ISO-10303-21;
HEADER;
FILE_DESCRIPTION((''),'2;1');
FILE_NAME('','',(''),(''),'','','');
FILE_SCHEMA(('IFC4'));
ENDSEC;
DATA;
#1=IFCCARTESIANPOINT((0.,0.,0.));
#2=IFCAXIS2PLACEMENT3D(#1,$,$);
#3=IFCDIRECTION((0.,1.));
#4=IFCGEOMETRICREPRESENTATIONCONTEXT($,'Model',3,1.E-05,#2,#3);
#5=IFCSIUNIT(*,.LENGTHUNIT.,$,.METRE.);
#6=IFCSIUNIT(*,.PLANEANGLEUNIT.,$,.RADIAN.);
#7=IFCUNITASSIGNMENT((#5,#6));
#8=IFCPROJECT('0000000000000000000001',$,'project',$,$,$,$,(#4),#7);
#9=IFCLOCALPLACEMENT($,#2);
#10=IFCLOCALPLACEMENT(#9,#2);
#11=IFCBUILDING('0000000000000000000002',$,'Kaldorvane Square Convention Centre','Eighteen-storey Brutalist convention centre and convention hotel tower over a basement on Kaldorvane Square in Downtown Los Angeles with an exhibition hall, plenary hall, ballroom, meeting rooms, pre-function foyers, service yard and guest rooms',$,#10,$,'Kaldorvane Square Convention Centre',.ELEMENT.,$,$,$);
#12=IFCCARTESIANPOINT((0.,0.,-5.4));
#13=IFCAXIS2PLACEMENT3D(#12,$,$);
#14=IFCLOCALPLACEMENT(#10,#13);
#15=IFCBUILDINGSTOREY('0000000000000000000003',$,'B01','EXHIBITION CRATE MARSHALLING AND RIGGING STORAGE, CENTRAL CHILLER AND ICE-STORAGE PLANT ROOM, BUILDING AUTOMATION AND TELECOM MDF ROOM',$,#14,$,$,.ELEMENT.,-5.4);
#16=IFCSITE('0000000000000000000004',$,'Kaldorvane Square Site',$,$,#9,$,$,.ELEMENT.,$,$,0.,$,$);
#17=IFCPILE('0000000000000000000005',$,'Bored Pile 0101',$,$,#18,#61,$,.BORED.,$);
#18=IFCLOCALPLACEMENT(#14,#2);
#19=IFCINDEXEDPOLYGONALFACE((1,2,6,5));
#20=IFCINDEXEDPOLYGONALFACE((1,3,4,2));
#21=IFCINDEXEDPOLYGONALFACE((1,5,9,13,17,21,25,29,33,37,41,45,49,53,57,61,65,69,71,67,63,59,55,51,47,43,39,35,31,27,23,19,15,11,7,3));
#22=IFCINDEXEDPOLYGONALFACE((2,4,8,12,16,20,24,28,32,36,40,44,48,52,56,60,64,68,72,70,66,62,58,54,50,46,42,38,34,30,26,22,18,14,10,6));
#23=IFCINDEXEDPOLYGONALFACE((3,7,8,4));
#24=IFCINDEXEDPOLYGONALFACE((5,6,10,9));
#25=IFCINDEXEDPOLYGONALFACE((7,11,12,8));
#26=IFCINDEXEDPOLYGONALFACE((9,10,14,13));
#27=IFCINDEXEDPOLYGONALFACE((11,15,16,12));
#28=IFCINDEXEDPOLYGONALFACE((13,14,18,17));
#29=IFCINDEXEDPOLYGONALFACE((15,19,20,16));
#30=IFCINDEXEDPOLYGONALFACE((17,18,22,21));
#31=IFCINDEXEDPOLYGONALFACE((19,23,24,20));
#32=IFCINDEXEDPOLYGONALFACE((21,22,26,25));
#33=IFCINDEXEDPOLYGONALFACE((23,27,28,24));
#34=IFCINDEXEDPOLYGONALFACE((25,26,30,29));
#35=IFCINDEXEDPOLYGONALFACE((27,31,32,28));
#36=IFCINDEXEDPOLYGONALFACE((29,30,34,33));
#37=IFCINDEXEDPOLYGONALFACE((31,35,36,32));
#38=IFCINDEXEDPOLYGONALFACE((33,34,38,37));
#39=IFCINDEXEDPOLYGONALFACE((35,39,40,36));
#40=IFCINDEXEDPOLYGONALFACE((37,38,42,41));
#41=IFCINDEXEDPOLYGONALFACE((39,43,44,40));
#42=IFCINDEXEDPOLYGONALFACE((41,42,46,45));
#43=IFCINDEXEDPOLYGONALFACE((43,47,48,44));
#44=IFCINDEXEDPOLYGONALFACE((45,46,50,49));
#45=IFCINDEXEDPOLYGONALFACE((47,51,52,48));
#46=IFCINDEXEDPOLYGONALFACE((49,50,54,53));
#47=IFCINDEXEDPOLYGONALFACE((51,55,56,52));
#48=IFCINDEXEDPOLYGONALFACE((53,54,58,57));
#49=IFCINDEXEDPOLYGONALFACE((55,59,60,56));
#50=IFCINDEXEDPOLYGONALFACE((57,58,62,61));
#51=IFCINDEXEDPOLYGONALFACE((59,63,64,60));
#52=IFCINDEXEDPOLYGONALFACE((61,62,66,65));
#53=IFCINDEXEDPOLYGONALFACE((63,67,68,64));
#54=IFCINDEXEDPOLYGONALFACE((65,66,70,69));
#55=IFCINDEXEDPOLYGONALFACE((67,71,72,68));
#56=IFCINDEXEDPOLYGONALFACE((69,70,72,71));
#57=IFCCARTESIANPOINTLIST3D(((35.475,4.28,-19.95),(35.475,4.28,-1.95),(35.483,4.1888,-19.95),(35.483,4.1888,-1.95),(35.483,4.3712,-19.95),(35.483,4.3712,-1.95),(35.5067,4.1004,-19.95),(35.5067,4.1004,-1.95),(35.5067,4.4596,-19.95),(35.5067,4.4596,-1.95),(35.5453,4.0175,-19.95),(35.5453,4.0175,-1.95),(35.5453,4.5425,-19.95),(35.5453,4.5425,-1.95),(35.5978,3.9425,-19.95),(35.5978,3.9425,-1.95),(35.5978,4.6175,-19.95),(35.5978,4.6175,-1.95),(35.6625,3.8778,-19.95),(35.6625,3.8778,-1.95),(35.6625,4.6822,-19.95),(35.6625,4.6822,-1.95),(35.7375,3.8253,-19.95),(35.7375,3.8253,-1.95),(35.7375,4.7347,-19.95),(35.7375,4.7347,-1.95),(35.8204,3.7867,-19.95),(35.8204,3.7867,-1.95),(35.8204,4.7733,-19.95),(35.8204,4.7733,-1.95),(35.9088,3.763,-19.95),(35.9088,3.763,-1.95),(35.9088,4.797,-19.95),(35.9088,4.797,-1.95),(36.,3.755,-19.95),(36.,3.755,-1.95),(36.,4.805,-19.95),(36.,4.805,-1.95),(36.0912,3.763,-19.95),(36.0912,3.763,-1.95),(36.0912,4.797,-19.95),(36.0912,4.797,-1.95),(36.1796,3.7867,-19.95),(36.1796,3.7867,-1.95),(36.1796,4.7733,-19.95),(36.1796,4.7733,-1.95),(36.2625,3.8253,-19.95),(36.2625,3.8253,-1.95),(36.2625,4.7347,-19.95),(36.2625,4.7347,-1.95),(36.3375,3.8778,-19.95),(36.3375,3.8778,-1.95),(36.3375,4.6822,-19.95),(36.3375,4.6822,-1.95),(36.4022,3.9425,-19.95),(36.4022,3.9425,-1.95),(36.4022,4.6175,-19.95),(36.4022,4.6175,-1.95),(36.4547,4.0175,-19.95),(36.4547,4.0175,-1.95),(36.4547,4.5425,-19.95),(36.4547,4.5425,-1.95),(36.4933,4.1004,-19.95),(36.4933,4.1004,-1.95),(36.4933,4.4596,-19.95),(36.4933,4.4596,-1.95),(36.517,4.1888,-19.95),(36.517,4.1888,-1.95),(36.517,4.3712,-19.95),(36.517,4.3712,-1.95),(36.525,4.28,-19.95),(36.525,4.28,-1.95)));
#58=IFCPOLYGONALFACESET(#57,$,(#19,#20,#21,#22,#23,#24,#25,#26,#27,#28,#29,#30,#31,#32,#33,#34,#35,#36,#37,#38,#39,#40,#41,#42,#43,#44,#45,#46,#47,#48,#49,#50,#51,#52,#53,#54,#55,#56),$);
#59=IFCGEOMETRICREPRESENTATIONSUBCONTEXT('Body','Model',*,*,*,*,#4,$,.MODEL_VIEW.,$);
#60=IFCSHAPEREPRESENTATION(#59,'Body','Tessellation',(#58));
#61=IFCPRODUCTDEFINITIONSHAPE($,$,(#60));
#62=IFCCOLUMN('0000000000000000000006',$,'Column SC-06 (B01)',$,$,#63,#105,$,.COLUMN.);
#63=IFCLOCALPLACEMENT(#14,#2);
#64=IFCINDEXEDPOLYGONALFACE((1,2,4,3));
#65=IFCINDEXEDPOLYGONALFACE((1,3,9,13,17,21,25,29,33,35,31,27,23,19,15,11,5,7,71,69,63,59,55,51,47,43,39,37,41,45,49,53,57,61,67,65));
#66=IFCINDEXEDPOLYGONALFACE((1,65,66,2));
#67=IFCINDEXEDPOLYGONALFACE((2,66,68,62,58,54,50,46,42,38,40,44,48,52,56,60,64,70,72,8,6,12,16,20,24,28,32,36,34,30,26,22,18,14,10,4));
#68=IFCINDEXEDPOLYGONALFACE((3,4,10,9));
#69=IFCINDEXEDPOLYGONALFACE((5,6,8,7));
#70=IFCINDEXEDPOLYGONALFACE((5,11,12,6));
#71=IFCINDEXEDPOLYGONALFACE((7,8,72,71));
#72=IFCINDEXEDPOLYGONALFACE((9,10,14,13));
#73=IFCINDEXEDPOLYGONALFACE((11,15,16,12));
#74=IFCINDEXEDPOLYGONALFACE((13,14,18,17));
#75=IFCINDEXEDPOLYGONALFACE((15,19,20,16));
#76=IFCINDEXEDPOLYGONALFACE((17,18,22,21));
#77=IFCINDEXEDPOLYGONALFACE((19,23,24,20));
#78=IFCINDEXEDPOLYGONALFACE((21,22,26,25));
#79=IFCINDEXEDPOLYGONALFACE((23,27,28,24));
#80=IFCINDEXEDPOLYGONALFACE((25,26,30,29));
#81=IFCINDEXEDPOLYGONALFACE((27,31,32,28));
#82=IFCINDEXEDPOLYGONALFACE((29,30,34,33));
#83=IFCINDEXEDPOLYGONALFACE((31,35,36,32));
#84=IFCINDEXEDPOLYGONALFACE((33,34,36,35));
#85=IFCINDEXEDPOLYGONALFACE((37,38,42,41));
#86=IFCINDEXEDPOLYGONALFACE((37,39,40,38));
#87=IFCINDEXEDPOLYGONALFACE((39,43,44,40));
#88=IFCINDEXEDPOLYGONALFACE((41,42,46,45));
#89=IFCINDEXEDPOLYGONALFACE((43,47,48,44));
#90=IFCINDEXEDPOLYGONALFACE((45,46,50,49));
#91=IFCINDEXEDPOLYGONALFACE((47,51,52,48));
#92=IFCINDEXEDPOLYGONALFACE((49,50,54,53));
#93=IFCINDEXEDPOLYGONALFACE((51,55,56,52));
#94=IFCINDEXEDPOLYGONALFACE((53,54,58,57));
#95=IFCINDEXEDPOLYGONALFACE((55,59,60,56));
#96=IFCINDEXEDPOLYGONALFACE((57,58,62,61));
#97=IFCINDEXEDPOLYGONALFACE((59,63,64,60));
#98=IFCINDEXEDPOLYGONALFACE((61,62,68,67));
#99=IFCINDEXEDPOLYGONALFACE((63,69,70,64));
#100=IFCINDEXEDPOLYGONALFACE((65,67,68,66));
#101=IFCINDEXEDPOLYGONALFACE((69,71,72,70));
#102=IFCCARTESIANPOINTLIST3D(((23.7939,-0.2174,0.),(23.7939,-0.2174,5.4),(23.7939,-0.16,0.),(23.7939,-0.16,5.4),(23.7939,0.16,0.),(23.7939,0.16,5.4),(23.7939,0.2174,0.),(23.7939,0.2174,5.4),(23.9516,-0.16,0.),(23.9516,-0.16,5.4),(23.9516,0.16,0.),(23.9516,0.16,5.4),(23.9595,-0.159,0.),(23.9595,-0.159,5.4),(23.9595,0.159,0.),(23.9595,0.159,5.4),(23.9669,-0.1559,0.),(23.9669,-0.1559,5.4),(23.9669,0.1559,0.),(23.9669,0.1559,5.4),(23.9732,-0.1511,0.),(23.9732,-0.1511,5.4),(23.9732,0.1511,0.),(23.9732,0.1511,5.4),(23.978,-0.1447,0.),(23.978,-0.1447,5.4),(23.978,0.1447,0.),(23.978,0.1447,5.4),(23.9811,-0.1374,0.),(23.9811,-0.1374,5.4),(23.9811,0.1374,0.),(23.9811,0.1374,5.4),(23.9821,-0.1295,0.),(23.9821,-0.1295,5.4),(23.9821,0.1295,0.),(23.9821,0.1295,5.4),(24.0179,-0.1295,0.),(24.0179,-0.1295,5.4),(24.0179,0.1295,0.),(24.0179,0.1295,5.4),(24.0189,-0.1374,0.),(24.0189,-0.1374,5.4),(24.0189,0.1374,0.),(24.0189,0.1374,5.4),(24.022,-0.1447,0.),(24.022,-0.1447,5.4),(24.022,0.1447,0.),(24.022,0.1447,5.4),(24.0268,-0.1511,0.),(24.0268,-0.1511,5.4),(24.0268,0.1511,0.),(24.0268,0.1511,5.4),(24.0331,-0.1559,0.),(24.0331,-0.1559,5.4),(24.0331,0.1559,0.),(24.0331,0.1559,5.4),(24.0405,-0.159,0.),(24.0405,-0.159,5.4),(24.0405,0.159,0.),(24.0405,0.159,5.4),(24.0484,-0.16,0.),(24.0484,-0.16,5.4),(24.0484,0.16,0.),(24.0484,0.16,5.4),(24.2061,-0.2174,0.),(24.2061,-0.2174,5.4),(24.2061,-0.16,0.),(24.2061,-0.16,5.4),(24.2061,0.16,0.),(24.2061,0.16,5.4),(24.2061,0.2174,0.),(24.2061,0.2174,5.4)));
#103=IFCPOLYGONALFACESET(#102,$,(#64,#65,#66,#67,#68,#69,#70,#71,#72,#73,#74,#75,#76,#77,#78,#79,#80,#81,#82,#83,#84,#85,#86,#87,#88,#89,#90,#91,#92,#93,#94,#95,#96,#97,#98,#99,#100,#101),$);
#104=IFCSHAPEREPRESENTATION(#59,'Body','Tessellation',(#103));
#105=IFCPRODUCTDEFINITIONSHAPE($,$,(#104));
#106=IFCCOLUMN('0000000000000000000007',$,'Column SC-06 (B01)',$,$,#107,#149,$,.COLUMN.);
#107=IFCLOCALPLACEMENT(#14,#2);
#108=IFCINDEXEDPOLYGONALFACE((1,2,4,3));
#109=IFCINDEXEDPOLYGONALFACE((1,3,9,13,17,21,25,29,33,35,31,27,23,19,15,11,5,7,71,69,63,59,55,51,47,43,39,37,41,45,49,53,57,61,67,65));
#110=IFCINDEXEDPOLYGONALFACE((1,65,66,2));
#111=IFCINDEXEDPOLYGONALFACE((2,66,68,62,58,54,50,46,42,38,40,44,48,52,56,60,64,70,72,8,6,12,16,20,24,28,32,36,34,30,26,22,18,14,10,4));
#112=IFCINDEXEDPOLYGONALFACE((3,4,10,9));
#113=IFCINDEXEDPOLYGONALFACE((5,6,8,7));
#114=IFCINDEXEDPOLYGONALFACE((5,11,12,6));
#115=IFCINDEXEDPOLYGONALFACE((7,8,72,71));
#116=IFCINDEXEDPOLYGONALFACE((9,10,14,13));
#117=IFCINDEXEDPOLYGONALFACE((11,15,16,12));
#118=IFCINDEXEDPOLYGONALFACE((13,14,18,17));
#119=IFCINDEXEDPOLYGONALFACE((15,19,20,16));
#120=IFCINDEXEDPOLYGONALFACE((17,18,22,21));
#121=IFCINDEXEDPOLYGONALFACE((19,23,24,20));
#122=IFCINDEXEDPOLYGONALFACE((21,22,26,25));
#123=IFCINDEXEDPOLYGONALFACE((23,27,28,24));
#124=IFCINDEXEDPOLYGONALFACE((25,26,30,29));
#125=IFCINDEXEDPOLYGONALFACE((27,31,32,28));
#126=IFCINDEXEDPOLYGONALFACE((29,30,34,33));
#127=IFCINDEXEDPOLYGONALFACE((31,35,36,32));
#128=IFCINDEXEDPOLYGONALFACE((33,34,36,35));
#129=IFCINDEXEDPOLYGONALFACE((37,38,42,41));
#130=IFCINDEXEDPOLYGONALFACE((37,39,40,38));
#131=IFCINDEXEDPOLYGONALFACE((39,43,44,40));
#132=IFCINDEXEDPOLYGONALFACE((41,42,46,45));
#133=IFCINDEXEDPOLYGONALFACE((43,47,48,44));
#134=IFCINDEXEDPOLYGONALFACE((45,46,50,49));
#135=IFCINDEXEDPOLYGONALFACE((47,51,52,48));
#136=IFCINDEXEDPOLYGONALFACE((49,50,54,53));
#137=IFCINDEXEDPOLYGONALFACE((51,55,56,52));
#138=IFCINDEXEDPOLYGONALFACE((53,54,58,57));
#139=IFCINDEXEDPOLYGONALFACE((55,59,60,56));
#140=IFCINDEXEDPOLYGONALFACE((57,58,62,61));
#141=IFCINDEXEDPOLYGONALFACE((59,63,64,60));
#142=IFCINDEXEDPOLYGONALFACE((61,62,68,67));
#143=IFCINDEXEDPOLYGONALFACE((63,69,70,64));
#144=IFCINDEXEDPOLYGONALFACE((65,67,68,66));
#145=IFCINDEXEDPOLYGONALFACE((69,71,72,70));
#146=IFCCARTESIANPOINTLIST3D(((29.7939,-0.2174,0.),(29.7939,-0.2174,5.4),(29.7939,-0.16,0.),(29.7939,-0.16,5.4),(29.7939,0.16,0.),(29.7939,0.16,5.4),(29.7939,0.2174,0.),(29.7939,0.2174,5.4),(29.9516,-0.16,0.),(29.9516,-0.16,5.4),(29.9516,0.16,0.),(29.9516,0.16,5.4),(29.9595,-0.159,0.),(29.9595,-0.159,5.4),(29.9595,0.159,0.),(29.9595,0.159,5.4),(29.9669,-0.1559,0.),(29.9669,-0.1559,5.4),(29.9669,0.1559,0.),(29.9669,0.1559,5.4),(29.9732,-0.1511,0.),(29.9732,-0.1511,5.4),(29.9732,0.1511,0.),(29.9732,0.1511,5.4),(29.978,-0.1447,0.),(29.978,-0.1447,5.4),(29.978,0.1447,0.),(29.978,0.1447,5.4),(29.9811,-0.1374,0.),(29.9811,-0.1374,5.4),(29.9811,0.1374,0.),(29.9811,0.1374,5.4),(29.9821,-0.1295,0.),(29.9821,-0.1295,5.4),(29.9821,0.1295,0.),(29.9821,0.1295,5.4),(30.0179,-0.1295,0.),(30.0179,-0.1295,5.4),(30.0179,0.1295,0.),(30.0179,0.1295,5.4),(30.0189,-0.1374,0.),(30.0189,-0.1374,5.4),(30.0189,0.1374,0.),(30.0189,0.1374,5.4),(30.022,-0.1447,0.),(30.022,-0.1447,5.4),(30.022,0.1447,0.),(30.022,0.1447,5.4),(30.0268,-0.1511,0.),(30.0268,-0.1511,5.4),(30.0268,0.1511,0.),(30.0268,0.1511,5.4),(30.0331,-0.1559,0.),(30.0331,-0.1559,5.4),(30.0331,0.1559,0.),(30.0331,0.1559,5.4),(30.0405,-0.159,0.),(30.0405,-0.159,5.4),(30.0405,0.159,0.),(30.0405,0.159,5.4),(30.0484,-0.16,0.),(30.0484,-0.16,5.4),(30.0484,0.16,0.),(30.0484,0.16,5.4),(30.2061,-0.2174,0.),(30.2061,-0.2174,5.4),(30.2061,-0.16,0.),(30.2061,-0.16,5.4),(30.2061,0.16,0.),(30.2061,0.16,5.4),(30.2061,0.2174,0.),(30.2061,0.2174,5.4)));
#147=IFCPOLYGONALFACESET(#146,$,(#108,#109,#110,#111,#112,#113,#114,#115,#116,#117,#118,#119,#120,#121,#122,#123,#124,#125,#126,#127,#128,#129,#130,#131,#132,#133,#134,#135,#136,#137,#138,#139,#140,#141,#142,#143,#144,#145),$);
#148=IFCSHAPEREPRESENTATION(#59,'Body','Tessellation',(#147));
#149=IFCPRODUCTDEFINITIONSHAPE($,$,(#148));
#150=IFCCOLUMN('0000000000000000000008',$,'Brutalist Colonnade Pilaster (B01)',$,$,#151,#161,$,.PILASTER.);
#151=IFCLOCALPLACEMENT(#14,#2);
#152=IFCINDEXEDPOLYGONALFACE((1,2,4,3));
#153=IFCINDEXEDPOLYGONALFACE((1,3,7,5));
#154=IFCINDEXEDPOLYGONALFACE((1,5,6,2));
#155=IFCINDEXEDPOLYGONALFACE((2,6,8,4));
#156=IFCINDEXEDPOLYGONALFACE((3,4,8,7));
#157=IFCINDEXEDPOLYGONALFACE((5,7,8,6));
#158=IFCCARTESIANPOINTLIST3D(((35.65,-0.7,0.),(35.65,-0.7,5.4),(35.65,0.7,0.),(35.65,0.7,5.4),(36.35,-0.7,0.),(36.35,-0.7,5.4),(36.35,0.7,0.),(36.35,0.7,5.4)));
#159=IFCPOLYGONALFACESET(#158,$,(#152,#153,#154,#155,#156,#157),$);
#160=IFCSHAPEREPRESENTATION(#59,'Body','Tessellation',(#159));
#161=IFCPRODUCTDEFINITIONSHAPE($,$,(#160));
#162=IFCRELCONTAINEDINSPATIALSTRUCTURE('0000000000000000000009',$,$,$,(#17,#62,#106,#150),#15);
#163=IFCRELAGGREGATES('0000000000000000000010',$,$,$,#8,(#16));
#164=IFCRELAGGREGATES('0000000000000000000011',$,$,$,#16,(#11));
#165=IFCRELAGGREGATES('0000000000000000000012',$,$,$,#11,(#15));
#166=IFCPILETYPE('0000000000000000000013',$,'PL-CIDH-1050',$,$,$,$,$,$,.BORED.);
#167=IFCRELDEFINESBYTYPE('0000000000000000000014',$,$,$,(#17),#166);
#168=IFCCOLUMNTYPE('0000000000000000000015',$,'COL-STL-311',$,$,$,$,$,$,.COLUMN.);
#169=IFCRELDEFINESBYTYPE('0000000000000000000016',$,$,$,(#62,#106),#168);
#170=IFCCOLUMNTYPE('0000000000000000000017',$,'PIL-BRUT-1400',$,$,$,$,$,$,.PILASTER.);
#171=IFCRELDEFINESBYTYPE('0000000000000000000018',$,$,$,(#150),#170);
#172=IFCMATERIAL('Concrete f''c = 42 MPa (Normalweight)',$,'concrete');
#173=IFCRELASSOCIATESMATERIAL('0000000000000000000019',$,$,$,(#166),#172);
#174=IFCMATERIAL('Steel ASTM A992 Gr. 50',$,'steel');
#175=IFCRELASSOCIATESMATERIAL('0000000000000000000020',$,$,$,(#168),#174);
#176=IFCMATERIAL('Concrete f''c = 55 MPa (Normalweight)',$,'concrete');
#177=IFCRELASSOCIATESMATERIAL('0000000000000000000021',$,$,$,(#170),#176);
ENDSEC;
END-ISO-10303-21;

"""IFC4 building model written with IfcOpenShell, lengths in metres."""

from ifc_helpers import new_model, si_unit, direction, frame, origin, origin_2d, place, context, subcontext, project, spatial, rectangle, circle, i_section, extrude, material, material_profile, profile_set, type_object, element, save


model = new_model("IFC4")

# Units and contexts
model_context = context("Model", 3, precision=1e-05, world=origin(), true_north=direction((0.0, 1.0)))
body_context = subcontext(model_context, "Body", "Model", "MODEL_VIEW")
ifc_project = project(units=[si_unit("LENGTHUNIT", "METRE"), si_unit("PLANEANGLEUNIT", "RADIAN")], contexts=[model_context])

# Site, building, storey
site_placement = place(None, origin())
site = spatial("IfcSite", under=ifc_project, at=site_placement, Name="Kaldorvane Square Site", CompositionType="ELEMENT", RefElevation=0.0)
building_placement = place(site_placement, origin())
building = spatial("IfcBuilding", under=site, at=building_placement, Name="Kaldorvane Square Convention Centre", Description="Eighteen-storey Brutalist convention centre and convention hotel tower over a basement on Kaldorvane Square in Downtown Los Angeles with an exhibition hall, plenary hall, ballroom, meeting rooms, pre-function foyers, service yard and guest rooms", LongName="Kaldorvane Square Convention Centre", CompositionType="ELEMENT")
storey_placement = place(building_placement, frame((0.0, 0.0, -5.4)))
storey = spatial("IfcBuildingStorey", under=building, at=storey_placement, Name="B01", Description="EXHIBITION CRATE MARSHALLING AND RIGGING STORAGE, CENTRAL CHILLER AND ICE-STORAGE PLANT ROOM, BUILDING AUTOMATION AND TELECOM MDF ROOM", CompositionType="ELEMENT", Elevation=-5.4)

# Shared definitions
ifc_material_1 = material(Name="Concrete f'c = 42 MPa (Normalweight)", Category="concrete")

# Pile
ifc_material_profile_1 = material_profile(ifc_material_1, circle(Radius=0.525, at=origin_2d()), Name="PILE-D1050")
ifc_profile_set_1 = profile_set([ifc_material_profile_1], Name="Concrete f'c = 42 MPa (Normalweight)")
pile_type = type_object("IfcPileType", Name="PL-CIDH-1050", PredefinedType="BORED", material=ifc_profile_set_1)
for number, where, z_axis, x_axis, name in (
    (1, (36.0, 4.28, -1.95), (0.0, 0.0, -1.0), (1.0, 0.0, 0.0), "Bored Pile 0101"),
):
    element("IfcPile", number, at=place(storey_placement, frame(where, z_axis=z_axis, x_axis=x_axis)), inside=storey, type_object=pile_type, Name=name, PredefinedType="BORED", context=body_context, shape_type="SweptSolid", body=[
        extrude(circle(Radius=0.525, at=origin_2d()), origin(), (0.0, 0.0, 1.0), 18.0),
    ])

# Columns
ifc_material_2 = material(Name="Steel ASTM A992 Gr. 50", Category="steel")
ifc_material_profile_2 = material_profile(ifc_material_2, i_section(OverallWidth=0.4122, OverallDepth=0.4348, WebThickness=0.0358, FlangeThickness=0.0574, FilletRadius=0.0305, at=origin_2d()), Name="W14X311")
ifc_profile_set_2 = profile_set([ifc_material_profile_2], Name="Steel ASTM A992 Gr. 50")
column_type_1 = type_object("IfcColumnType", Name="COL-STL-311", PredefinedType="COLUMN", material=ifc_profile_set_2)
for number, where, z_axis, x_axis, name in (
    (2, (24.0, 0.0, 0.0), (0.0, 0.0, 1.0), (1.0, 0.0, 0.0), "Column SC-06 (B01)"),
    (3, (30.0, 0.0, 0.0), (0.0, 0.0, 1.0), (1.0, 0.0, 0.0), "Column SC-06 (B01)"),
):
    element("IfcColumn", number, at=place(storey_placement, frame(where, z_axis=z_axis, x_axis=x_axis)), inside=storey, type_object=column_type_1, Name=name, PredefinedType="COLUMN", context=body_context, shape_type="SweptSolid", body=[
        extrude(i_section(OverallWidth=0.4122, OverallDepth=0.4348, WebThickness=0.0358, FlangeThickness=0.0574, FilletRadius=0.0305, at=origin_2d()), origin(), (0.0, 0.0, 1.0), 5.4),
    ])
ifc_material_3 = material(Name="Concrete f'c = 55 MPa (Normalweight)", Category="concrete")
ifc_material_profile_3 = material_profile(ifc_material_3, rectangle(XDim=0.7, YDim=1.4, at=origin_2d()), Name="PIL1400X700")
ifc_profile_set_3 = profile_set([ifc_material_profile_3], Name="Concrete f'c = 55 MPa (Normalweight)")
column_type_2 = type_object("IfcColumnType", Name="PIL-BRUT-1400", PredefinedType="PILASTER", material=ifc_profile_set_3)
column_placement = place(storey_placement, frame((36.0, 0.0, 0.0), z_axis=(0.0, 0.0, 1.0), x_axis=(1.0, 0.0, 0.0)))
element("IfcColumn", 4, at=column_placement, inside=storey, type_object=column_type_2, Name="Brutalist Colonnade Pilaster (B01)", PredefinedType="PILASTER", context=body_context, shape_type="SweptSolid", body=[
    extrude(rectangle(XDim=0.7, YDim=1.4, at=origin_2d()), origin(), (0.0, 0.0, 1.0), 5.4),
])

save(model, "model.ifc")
